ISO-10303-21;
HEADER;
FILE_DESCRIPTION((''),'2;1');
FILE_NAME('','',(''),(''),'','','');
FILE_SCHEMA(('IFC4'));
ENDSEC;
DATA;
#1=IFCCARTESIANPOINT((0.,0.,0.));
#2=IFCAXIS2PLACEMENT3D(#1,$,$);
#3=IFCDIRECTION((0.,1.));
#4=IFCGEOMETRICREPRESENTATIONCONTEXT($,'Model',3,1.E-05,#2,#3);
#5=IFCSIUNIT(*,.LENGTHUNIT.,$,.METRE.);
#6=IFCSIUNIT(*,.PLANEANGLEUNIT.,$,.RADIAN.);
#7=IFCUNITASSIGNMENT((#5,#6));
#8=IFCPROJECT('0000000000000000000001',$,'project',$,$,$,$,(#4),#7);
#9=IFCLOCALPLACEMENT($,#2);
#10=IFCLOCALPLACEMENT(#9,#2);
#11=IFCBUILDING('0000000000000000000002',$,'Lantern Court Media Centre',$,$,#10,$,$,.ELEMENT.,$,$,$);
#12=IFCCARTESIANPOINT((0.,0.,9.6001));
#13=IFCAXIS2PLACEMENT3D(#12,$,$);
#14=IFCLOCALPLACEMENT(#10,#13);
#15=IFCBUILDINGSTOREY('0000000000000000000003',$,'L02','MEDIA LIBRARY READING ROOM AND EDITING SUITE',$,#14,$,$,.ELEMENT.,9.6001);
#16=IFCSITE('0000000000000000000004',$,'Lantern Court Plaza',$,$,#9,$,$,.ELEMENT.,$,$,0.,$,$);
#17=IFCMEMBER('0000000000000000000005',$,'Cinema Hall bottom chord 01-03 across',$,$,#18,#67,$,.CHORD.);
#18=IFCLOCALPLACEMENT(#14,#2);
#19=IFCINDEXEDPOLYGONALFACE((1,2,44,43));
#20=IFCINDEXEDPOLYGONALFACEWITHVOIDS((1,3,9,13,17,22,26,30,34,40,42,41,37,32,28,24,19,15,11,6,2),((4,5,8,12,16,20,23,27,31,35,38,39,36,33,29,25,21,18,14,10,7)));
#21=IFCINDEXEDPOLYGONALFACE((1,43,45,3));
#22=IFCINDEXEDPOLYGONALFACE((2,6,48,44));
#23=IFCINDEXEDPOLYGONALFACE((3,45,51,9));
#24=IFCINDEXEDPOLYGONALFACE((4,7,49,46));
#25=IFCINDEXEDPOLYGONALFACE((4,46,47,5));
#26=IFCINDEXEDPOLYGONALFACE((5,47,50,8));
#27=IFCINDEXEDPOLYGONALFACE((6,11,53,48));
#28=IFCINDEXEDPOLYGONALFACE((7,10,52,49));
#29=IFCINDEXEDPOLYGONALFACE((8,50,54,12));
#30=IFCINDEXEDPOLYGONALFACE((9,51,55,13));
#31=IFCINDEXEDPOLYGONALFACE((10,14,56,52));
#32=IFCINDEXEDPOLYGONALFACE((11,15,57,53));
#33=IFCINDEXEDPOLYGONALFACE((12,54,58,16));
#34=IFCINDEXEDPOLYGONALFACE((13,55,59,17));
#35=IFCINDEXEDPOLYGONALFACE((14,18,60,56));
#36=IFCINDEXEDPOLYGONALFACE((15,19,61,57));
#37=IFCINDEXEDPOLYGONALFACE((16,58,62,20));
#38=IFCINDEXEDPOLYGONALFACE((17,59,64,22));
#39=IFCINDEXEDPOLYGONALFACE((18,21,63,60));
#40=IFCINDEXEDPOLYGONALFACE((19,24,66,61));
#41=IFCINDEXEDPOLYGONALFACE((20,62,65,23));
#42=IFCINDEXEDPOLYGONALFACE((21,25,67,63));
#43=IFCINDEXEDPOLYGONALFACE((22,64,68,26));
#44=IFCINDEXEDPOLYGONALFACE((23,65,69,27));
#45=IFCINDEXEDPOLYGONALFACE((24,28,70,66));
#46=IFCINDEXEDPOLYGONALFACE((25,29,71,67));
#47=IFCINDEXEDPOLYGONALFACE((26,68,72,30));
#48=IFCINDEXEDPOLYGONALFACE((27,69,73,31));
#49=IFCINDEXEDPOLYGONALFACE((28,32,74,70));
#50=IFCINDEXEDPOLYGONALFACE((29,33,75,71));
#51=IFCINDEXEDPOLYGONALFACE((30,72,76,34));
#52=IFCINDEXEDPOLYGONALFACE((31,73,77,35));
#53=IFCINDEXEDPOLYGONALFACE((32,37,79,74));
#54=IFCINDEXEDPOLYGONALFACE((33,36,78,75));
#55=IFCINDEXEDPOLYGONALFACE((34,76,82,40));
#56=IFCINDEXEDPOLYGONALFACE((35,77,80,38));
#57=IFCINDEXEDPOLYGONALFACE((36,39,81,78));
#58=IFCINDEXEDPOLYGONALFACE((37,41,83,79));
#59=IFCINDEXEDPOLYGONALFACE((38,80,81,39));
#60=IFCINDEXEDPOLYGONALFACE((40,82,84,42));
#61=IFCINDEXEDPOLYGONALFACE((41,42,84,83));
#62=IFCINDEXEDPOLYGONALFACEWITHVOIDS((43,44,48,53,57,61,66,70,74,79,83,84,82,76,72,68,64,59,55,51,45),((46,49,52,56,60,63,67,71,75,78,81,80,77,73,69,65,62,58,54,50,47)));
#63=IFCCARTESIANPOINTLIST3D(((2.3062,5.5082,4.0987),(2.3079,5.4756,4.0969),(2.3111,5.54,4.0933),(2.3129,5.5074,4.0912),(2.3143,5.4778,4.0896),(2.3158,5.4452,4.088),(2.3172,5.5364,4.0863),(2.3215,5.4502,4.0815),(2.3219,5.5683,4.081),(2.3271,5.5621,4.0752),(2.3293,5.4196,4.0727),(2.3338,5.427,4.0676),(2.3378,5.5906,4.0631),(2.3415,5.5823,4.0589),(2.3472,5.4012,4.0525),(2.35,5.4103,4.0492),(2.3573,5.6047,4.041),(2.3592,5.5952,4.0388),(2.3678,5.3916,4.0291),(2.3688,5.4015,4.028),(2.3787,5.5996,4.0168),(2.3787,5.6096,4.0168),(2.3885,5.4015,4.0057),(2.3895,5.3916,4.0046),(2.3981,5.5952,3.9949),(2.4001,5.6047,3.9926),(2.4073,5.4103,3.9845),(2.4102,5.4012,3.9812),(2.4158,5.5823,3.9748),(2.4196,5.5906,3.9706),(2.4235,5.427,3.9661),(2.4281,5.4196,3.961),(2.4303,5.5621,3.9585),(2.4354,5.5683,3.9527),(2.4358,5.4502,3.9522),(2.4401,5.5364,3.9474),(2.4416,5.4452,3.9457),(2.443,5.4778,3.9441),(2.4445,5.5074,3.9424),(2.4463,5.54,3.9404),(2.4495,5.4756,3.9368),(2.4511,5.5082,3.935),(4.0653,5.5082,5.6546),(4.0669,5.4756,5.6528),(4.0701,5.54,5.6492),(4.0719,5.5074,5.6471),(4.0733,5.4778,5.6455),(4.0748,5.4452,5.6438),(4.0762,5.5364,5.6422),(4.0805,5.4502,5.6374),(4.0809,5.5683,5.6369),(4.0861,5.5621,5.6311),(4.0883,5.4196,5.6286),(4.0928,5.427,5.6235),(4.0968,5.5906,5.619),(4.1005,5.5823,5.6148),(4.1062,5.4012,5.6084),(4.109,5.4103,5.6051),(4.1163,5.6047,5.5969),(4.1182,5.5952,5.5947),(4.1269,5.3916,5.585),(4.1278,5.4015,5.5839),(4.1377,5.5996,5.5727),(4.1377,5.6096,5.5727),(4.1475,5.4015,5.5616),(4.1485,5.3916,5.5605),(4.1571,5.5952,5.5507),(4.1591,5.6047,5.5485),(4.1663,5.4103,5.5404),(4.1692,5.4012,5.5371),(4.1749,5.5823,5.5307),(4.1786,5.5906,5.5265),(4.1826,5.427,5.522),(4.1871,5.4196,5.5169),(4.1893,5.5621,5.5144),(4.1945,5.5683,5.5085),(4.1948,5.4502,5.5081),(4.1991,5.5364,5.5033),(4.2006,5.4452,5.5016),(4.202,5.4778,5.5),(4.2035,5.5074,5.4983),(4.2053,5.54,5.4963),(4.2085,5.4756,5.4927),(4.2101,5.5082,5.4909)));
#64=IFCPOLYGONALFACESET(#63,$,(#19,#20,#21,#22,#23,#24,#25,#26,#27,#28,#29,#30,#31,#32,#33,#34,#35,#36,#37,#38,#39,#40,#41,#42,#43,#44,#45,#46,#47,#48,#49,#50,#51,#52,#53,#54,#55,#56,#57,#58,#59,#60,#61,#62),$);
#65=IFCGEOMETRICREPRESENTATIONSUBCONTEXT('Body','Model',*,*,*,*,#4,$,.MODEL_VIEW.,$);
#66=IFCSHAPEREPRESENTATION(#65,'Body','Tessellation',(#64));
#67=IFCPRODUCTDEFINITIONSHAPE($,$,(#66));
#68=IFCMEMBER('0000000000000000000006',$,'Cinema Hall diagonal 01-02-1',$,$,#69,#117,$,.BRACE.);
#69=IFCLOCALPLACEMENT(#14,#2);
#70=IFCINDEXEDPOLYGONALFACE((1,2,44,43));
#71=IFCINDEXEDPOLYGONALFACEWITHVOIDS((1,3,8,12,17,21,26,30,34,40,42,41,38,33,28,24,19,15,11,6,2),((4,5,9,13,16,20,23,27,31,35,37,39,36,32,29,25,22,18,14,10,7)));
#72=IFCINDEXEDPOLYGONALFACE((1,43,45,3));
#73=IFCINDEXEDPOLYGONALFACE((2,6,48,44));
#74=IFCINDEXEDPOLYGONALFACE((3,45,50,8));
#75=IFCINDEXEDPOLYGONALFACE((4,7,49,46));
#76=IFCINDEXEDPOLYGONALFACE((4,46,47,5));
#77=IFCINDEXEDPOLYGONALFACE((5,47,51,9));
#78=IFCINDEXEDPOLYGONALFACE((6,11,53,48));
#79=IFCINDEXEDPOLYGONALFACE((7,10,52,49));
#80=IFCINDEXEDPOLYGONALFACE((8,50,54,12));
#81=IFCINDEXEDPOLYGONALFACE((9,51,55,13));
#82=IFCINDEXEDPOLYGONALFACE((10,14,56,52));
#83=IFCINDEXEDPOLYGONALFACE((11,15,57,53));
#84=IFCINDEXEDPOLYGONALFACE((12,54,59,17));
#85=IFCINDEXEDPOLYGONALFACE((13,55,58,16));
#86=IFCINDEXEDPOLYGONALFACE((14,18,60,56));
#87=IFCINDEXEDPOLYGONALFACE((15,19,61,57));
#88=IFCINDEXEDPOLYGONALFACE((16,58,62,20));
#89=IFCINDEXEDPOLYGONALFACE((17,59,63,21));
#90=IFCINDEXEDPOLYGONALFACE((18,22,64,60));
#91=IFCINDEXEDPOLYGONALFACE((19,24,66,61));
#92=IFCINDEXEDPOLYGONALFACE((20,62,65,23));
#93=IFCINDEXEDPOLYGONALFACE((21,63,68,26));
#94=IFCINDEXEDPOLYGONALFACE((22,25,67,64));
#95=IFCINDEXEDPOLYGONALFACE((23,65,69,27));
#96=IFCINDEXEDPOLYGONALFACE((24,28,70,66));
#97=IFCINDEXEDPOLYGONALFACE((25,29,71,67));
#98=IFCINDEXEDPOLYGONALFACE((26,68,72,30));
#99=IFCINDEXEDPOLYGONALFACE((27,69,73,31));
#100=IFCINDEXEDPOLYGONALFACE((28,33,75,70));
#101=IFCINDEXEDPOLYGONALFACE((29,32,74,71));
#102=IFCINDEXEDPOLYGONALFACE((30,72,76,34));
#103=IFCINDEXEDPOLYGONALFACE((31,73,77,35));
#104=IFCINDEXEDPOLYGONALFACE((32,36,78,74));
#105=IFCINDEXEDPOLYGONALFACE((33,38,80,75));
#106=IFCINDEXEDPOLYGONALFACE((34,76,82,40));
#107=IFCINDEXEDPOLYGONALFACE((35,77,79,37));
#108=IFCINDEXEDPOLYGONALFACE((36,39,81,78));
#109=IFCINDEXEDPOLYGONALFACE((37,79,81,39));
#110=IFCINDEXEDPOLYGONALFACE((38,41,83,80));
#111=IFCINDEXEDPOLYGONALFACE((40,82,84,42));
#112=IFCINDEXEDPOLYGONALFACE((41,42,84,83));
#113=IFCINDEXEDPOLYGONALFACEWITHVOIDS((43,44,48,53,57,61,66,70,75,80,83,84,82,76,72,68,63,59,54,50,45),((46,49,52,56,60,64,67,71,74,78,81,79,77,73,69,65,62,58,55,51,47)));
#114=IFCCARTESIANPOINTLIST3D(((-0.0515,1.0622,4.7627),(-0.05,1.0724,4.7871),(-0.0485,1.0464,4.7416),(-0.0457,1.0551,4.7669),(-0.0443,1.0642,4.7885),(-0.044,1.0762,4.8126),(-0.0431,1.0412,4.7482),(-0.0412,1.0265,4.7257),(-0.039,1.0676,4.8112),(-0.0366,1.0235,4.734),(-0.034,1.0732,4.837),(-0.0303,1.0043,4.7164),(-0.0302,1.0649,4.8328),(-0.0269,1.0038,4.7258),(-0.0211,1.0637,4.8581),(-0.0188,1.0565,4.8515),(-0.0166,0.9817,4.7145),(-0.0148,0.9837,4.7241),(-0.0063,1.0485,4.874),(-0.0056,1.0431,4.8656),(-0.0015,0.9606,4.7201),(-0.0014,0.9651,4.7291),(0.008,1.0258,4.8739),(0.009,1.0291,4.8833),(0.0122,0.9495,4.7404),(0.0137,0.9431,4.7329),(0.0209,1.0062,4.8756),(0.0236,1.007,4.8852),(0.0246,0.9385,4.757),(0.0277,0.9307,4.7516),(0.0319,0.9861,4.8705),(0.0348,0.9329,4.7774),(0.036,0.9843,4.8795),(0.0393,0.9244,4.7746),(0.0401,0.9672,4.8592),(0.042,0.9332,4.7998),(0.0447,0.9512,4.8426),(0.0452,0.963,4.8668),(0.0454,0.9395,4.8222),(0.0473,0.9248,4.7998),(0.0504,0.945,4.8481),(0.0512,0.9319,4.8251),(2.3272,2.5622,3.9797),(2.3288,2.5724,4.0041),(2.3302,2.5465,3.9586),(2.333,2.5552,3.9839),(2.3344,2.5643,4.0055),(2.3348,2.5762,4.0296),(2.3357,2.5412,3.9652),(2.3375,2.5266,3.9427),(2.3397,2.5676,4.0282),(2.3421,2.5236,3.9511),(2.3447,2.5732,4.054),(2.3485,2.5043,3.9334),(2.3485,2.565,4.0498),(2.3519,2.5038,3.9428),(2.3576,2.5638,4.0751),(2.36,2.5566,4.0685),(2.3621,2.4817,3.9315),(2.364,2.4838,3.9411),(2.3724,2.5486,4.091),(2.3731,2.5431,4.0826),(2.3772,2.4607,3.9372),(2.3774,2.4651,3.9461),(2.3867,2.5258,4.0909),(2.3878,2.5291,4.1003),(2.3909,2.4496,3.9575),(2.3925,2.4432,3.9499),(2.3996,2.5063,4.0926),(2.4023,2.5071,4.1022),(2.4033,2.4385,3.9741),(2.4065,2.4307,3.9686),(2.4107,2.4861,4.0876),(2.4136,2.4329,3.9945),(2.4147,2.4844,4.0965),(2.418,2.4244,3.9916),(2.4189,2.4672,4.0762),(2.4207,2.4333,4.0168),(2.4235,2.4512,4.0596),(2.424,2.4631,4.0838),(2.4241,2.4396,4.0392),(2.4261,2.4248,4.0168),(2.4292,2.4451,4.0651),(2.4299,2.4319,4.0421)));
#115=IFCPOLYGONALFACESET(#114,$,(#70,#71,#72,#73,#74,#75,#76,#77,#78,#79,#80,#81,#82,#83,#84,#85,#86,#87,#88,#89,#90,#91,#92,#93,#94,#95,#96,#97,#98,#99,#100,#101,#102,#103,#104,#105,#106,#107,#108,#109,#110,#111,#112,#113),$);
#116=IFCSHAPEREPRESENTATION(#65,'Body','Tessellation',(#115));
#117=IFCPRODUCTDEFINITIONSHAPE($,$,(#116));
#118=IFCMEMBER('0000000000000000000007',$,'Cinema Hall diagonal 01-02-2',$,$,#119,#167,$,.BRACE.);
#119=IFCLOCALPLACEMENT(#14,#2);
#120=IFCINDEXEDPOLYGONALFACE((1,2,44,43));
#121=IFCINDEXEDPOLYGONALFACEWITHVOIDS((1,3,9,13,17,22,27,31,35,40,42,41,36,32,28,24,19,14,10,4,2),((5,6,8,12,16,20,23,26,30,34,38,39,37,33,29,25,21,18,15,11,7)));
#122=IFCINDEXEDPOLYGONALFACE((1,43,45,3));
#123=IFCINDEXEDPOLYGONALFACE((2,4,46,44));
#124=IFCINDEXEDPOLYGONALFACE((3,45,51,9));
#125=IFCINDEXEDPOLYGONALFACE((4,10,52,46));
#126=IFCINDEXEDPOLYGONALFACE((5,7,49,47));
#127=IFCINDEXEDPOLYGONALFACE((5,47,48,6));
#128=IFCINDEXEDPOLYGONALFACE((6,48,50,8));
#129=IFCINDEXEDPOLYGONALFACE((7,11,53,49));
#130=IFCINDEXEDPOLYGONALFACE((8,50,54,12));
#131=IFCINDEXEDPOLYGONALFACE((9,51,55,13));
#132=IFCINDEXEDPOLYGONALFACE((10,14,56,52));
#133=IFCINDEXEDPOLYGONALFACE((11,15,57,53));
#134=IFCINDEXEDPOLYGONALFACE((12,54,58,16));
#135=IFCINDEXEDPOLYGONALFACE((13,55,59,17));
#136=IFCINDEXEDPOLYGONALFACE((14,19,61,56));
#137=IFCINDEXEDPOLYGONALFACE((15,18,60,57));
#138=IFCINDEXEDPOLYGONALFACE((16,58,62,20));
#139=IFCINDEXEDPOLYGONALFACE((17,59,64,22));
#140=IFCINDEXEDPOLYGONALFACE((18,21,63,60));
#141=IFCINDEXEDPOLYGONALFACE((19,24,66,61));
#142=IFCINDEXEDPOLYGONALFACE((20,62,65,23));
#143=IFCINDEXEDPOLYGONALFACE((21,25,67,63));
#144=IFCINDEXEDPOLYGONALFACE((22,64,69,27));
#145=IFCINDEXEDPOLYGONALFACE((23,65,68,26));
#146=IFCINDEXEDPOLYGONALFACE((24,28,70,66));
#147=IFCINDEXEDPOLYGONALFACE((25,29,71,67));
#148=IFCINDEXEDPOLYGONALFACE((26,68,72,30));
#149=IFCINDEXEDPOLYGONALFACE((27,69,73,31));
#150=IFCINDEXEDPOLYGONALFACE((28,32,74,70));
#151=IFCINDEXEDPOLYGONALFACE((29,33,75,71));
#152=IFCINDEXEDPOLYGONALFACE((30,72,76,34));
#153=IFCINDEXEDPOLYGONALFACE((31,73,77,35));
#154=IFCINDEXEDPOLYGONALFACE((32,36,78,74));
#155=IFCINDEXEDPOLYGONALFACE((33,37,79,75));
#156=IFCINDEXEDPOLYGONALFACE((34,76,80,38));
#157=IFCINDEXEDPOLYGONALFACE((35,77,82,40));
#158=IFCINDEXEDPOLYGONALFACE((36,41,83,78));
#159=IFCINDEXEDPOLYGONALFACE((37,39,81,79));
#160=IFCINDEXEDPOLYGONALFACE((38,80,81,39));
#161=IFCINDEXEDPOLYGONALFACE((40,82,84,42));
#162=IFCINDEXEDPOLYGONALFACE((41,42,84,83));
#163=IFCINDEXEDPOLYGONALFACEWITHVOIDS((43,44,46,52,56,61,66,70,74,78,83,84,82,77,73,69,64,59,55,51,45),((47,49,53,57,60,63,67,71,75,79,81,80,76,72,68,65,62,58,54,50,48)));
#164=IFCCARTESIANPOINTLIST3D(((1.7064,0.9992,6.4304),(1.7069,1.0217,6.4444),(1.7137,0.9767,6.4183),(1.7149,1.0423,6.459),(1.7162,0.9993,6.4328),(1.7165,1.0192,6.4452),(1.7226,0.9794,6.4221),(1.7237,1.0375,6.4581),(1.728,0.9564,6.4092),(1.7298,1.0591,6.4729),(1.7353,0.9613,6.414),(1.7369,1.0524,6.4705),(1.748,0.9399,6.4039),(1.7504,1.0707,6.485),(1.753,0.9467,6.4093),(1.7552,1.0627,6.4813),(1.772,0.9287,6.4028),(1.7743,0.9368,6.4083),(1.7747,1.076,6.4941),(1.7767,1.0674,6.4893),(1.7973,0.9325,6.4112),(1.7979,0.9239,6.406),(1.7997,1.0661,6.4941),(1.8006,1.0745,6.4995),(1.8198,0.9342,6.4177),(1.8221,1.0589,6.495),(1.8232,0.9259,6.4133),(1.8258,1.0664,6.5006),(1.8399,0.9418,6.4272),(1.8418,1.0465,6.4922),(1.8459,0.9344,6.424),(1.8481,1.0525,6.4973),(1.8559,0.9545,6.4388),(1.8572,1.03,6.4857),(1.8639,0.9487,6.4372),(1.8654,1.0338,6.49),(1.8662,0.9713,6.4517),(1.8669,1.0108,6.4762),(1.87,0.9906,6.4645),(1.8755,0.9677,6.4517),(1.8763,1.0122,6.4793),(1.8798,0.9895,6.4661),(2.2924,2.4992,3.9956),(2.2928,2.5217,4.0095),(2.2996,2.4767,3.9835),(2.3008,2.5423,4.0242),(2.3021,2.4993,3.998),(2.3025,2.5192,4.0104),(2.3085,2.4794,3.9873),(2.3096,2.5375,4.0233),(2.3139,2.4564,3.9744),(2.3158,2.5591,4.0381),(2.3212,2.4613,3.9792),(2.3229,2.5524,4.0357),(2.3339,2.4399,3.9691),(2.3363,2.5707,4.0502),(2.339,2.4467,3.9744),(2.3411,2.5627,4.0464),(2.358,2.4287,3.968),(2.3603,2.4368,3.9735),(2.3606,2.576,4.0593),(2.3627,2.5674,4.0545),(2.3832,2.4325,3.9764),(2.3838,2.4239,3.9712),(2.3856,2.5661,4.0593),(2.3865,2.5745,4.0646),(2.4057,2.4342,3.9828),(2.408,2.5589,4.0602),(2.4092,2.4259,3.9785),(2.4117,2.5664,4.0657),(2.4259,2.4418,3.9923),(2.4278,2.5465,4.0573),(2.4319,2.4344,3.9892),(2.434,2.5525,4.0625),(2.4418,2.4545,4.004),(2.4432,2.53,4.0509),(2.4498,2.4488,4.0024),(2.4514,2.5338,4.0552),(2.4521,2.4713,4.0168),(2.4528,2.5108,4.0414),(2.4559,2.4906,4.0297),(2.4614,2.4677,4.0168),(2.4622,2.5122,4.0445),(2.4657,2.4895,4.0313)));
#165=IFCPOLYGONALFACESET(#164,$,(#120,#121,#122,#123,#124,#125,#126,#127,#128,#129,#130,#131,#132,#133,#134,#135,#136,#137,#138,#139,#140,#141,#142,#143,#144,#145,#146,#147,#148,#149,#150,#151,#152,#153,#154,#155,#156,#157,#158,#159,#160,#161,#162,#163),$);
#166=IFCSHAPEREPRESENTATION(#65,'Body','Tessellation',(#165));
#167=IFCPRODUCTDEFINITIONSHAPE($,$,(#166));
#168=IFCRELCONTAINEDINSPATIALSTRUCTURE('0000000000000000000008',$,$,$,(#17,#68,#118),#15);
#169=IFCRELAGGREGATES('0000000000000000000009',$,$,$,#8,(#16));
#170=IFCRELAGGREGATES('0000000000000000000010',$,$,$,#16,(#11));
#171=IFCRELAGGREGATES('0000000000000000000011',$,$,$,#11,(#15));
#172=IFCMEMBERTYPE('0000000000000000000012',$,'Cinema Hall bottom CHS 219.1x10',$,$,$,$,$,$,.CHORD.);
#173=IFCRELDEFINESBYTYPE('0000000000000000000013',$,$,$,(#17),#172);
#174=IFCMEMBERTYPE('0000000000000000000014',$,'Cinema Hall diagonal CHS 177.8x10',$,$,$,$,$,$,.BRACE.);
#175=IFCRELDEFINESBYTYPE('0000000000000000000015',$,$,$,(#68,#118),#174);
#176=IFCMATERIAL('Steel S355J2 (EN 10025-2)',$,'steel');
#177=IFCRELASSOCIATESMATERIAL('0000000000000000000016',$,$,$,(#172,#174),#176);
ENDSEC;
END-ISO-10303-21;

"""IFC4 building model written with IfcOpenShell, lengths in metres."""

from ifc_helpers import new_model, si_unit, direction, frame, origin, origin_2d, place, context, subcontext, project, spatial, hollow_circle, extrude, material, material_profile, profile_set, type_object, element, save


model = new_model("IFC4")

# Units and contexts
model_context = context("Model", 3, precision=1e-05, world=origin(), true_north=direction((0.0, 1.0)))
body_context = subcontext(model_context, "Body", "Model", "MODEL_VIEW")
ifc_project = project(units=[si_unit("LENGTHUNIT", "METRE"), si_unit("PLANEANGLEUNIT", "RADIAN")], contexts=[model_context])

# Site, building, storey
site_placement = place(None, origin())
site = spatial("IfcSite", under=ifc_project, at=site_placement, Name="Lantern Court Plaza", CompositionType="ELEMENT", RefElevation=0.0)
building_placement = place(site_placement, origin())
building = spatial("IfcBuilding", under=site, at=building_placement, Name="Lantern Court Media Centre", CompositionType="ELEMENT")
storey_placement = place(building_placement, frame((0.0, 0.0, 9.6001)))
storey = spatial("IfcBuildingStorey", under=building, at=storey_placement, Name="L02", Description="MEDIA LIBRARY READING ROOM AND EDITING SUITE", CompositionType="ELEMENT", Elevation=9.6001)

# Shared definitions
ifc_material_1 = material(Name="Steel S355J2 (EN 10025-2)", Category="steel")

# Members
ifc_material_profile_1 = material_profile(ifc_material_1, hollow_circle(Radius=0.1096, WallThickness=0.01, at=origin_2d()), Name="Cinema Hall bottom CHS 219.1x10")
ifc_profile_set_1 = profile_set([ifc_material_profile_1], Name="Steel S355J2 (EN 10025-2)")
member_type_1 = type_object("IfcMemberType", Name="Cinema Hall bottom CHS 219.1x10", PredefinedType="CHORD", material=ifc_profile_set_1)
for number, where, z_axis, x_axis, name in (
    (1, (2.3787, 5.5, 4.0168), (0.74903, 0.0, 0.662536), (0.0, 1.0, 0.0), "Cinema Hall bottom chord 01-03 across"),
):
    element("IfcMember", number, at=place(storey_placement, frame(where, z_axis=z_axis, x_axis=x_axis)), inside=storey, type_object=member_type_1, Name=name, PredefinedType="CHORD", context=body_context, shape_type="SweptSolid", body=[
        extrude(hollow_circle(Radius=0.1096, WallThickness=0.01, at=origin_2d()), origin(), (0.0, 0.0, 1.0), 2.3484),
    ])
ifc_material_profile_2 = material_profile(ifc_material_1, hollow_circle(Radius=0.0889, WallThickness=0.01, at=origin_2d()), Name="Cinema Hall diagonal CHS 177.8x10")
ifc_profile_set_2 = profile_set([ifc_material_profile_2], Name="Steel S355J2 (EN 10025-2)")
member_type_2 = type_object("IfcMemberType", Name="Cinema Hall diagonal CHS 177.8x10", PredefinedType="BRACE", material=ifc_profile_set_2)
for number, where, z_axis, x_axis, name in (
    (2, (2.3787, 2.5, 4.0168), (-0.814866, -0.51386, 0.268221), (0.533405, -0.84586, 0.0), "Cinema Hall diagonal 01-02-1"),
    (3, (2.3787, 2.5, 4.0168), (-0.20072, -0.513842, 0.834073), (0.931457, -0.363851, 0.0), "Cinema Hall diagonal 01-02-2"),
):
    element("IfcMember", number, at=place(storey_placement, frame(where, z_axis=z_axis, x_axis=x_axis)), inside=storey, type_object=member_type_2, Name=name, PredefinedType="BRACE", context=body_context, shape_type="SweptSolid", body=[
        extrude(hollow_circle(Radius=0.0889, WallThickness=0.01, at=origin_2d()), origin(), (0.0, 0.0, 1.0), 2.9192),
    ])

save(model, "model.ifc")
